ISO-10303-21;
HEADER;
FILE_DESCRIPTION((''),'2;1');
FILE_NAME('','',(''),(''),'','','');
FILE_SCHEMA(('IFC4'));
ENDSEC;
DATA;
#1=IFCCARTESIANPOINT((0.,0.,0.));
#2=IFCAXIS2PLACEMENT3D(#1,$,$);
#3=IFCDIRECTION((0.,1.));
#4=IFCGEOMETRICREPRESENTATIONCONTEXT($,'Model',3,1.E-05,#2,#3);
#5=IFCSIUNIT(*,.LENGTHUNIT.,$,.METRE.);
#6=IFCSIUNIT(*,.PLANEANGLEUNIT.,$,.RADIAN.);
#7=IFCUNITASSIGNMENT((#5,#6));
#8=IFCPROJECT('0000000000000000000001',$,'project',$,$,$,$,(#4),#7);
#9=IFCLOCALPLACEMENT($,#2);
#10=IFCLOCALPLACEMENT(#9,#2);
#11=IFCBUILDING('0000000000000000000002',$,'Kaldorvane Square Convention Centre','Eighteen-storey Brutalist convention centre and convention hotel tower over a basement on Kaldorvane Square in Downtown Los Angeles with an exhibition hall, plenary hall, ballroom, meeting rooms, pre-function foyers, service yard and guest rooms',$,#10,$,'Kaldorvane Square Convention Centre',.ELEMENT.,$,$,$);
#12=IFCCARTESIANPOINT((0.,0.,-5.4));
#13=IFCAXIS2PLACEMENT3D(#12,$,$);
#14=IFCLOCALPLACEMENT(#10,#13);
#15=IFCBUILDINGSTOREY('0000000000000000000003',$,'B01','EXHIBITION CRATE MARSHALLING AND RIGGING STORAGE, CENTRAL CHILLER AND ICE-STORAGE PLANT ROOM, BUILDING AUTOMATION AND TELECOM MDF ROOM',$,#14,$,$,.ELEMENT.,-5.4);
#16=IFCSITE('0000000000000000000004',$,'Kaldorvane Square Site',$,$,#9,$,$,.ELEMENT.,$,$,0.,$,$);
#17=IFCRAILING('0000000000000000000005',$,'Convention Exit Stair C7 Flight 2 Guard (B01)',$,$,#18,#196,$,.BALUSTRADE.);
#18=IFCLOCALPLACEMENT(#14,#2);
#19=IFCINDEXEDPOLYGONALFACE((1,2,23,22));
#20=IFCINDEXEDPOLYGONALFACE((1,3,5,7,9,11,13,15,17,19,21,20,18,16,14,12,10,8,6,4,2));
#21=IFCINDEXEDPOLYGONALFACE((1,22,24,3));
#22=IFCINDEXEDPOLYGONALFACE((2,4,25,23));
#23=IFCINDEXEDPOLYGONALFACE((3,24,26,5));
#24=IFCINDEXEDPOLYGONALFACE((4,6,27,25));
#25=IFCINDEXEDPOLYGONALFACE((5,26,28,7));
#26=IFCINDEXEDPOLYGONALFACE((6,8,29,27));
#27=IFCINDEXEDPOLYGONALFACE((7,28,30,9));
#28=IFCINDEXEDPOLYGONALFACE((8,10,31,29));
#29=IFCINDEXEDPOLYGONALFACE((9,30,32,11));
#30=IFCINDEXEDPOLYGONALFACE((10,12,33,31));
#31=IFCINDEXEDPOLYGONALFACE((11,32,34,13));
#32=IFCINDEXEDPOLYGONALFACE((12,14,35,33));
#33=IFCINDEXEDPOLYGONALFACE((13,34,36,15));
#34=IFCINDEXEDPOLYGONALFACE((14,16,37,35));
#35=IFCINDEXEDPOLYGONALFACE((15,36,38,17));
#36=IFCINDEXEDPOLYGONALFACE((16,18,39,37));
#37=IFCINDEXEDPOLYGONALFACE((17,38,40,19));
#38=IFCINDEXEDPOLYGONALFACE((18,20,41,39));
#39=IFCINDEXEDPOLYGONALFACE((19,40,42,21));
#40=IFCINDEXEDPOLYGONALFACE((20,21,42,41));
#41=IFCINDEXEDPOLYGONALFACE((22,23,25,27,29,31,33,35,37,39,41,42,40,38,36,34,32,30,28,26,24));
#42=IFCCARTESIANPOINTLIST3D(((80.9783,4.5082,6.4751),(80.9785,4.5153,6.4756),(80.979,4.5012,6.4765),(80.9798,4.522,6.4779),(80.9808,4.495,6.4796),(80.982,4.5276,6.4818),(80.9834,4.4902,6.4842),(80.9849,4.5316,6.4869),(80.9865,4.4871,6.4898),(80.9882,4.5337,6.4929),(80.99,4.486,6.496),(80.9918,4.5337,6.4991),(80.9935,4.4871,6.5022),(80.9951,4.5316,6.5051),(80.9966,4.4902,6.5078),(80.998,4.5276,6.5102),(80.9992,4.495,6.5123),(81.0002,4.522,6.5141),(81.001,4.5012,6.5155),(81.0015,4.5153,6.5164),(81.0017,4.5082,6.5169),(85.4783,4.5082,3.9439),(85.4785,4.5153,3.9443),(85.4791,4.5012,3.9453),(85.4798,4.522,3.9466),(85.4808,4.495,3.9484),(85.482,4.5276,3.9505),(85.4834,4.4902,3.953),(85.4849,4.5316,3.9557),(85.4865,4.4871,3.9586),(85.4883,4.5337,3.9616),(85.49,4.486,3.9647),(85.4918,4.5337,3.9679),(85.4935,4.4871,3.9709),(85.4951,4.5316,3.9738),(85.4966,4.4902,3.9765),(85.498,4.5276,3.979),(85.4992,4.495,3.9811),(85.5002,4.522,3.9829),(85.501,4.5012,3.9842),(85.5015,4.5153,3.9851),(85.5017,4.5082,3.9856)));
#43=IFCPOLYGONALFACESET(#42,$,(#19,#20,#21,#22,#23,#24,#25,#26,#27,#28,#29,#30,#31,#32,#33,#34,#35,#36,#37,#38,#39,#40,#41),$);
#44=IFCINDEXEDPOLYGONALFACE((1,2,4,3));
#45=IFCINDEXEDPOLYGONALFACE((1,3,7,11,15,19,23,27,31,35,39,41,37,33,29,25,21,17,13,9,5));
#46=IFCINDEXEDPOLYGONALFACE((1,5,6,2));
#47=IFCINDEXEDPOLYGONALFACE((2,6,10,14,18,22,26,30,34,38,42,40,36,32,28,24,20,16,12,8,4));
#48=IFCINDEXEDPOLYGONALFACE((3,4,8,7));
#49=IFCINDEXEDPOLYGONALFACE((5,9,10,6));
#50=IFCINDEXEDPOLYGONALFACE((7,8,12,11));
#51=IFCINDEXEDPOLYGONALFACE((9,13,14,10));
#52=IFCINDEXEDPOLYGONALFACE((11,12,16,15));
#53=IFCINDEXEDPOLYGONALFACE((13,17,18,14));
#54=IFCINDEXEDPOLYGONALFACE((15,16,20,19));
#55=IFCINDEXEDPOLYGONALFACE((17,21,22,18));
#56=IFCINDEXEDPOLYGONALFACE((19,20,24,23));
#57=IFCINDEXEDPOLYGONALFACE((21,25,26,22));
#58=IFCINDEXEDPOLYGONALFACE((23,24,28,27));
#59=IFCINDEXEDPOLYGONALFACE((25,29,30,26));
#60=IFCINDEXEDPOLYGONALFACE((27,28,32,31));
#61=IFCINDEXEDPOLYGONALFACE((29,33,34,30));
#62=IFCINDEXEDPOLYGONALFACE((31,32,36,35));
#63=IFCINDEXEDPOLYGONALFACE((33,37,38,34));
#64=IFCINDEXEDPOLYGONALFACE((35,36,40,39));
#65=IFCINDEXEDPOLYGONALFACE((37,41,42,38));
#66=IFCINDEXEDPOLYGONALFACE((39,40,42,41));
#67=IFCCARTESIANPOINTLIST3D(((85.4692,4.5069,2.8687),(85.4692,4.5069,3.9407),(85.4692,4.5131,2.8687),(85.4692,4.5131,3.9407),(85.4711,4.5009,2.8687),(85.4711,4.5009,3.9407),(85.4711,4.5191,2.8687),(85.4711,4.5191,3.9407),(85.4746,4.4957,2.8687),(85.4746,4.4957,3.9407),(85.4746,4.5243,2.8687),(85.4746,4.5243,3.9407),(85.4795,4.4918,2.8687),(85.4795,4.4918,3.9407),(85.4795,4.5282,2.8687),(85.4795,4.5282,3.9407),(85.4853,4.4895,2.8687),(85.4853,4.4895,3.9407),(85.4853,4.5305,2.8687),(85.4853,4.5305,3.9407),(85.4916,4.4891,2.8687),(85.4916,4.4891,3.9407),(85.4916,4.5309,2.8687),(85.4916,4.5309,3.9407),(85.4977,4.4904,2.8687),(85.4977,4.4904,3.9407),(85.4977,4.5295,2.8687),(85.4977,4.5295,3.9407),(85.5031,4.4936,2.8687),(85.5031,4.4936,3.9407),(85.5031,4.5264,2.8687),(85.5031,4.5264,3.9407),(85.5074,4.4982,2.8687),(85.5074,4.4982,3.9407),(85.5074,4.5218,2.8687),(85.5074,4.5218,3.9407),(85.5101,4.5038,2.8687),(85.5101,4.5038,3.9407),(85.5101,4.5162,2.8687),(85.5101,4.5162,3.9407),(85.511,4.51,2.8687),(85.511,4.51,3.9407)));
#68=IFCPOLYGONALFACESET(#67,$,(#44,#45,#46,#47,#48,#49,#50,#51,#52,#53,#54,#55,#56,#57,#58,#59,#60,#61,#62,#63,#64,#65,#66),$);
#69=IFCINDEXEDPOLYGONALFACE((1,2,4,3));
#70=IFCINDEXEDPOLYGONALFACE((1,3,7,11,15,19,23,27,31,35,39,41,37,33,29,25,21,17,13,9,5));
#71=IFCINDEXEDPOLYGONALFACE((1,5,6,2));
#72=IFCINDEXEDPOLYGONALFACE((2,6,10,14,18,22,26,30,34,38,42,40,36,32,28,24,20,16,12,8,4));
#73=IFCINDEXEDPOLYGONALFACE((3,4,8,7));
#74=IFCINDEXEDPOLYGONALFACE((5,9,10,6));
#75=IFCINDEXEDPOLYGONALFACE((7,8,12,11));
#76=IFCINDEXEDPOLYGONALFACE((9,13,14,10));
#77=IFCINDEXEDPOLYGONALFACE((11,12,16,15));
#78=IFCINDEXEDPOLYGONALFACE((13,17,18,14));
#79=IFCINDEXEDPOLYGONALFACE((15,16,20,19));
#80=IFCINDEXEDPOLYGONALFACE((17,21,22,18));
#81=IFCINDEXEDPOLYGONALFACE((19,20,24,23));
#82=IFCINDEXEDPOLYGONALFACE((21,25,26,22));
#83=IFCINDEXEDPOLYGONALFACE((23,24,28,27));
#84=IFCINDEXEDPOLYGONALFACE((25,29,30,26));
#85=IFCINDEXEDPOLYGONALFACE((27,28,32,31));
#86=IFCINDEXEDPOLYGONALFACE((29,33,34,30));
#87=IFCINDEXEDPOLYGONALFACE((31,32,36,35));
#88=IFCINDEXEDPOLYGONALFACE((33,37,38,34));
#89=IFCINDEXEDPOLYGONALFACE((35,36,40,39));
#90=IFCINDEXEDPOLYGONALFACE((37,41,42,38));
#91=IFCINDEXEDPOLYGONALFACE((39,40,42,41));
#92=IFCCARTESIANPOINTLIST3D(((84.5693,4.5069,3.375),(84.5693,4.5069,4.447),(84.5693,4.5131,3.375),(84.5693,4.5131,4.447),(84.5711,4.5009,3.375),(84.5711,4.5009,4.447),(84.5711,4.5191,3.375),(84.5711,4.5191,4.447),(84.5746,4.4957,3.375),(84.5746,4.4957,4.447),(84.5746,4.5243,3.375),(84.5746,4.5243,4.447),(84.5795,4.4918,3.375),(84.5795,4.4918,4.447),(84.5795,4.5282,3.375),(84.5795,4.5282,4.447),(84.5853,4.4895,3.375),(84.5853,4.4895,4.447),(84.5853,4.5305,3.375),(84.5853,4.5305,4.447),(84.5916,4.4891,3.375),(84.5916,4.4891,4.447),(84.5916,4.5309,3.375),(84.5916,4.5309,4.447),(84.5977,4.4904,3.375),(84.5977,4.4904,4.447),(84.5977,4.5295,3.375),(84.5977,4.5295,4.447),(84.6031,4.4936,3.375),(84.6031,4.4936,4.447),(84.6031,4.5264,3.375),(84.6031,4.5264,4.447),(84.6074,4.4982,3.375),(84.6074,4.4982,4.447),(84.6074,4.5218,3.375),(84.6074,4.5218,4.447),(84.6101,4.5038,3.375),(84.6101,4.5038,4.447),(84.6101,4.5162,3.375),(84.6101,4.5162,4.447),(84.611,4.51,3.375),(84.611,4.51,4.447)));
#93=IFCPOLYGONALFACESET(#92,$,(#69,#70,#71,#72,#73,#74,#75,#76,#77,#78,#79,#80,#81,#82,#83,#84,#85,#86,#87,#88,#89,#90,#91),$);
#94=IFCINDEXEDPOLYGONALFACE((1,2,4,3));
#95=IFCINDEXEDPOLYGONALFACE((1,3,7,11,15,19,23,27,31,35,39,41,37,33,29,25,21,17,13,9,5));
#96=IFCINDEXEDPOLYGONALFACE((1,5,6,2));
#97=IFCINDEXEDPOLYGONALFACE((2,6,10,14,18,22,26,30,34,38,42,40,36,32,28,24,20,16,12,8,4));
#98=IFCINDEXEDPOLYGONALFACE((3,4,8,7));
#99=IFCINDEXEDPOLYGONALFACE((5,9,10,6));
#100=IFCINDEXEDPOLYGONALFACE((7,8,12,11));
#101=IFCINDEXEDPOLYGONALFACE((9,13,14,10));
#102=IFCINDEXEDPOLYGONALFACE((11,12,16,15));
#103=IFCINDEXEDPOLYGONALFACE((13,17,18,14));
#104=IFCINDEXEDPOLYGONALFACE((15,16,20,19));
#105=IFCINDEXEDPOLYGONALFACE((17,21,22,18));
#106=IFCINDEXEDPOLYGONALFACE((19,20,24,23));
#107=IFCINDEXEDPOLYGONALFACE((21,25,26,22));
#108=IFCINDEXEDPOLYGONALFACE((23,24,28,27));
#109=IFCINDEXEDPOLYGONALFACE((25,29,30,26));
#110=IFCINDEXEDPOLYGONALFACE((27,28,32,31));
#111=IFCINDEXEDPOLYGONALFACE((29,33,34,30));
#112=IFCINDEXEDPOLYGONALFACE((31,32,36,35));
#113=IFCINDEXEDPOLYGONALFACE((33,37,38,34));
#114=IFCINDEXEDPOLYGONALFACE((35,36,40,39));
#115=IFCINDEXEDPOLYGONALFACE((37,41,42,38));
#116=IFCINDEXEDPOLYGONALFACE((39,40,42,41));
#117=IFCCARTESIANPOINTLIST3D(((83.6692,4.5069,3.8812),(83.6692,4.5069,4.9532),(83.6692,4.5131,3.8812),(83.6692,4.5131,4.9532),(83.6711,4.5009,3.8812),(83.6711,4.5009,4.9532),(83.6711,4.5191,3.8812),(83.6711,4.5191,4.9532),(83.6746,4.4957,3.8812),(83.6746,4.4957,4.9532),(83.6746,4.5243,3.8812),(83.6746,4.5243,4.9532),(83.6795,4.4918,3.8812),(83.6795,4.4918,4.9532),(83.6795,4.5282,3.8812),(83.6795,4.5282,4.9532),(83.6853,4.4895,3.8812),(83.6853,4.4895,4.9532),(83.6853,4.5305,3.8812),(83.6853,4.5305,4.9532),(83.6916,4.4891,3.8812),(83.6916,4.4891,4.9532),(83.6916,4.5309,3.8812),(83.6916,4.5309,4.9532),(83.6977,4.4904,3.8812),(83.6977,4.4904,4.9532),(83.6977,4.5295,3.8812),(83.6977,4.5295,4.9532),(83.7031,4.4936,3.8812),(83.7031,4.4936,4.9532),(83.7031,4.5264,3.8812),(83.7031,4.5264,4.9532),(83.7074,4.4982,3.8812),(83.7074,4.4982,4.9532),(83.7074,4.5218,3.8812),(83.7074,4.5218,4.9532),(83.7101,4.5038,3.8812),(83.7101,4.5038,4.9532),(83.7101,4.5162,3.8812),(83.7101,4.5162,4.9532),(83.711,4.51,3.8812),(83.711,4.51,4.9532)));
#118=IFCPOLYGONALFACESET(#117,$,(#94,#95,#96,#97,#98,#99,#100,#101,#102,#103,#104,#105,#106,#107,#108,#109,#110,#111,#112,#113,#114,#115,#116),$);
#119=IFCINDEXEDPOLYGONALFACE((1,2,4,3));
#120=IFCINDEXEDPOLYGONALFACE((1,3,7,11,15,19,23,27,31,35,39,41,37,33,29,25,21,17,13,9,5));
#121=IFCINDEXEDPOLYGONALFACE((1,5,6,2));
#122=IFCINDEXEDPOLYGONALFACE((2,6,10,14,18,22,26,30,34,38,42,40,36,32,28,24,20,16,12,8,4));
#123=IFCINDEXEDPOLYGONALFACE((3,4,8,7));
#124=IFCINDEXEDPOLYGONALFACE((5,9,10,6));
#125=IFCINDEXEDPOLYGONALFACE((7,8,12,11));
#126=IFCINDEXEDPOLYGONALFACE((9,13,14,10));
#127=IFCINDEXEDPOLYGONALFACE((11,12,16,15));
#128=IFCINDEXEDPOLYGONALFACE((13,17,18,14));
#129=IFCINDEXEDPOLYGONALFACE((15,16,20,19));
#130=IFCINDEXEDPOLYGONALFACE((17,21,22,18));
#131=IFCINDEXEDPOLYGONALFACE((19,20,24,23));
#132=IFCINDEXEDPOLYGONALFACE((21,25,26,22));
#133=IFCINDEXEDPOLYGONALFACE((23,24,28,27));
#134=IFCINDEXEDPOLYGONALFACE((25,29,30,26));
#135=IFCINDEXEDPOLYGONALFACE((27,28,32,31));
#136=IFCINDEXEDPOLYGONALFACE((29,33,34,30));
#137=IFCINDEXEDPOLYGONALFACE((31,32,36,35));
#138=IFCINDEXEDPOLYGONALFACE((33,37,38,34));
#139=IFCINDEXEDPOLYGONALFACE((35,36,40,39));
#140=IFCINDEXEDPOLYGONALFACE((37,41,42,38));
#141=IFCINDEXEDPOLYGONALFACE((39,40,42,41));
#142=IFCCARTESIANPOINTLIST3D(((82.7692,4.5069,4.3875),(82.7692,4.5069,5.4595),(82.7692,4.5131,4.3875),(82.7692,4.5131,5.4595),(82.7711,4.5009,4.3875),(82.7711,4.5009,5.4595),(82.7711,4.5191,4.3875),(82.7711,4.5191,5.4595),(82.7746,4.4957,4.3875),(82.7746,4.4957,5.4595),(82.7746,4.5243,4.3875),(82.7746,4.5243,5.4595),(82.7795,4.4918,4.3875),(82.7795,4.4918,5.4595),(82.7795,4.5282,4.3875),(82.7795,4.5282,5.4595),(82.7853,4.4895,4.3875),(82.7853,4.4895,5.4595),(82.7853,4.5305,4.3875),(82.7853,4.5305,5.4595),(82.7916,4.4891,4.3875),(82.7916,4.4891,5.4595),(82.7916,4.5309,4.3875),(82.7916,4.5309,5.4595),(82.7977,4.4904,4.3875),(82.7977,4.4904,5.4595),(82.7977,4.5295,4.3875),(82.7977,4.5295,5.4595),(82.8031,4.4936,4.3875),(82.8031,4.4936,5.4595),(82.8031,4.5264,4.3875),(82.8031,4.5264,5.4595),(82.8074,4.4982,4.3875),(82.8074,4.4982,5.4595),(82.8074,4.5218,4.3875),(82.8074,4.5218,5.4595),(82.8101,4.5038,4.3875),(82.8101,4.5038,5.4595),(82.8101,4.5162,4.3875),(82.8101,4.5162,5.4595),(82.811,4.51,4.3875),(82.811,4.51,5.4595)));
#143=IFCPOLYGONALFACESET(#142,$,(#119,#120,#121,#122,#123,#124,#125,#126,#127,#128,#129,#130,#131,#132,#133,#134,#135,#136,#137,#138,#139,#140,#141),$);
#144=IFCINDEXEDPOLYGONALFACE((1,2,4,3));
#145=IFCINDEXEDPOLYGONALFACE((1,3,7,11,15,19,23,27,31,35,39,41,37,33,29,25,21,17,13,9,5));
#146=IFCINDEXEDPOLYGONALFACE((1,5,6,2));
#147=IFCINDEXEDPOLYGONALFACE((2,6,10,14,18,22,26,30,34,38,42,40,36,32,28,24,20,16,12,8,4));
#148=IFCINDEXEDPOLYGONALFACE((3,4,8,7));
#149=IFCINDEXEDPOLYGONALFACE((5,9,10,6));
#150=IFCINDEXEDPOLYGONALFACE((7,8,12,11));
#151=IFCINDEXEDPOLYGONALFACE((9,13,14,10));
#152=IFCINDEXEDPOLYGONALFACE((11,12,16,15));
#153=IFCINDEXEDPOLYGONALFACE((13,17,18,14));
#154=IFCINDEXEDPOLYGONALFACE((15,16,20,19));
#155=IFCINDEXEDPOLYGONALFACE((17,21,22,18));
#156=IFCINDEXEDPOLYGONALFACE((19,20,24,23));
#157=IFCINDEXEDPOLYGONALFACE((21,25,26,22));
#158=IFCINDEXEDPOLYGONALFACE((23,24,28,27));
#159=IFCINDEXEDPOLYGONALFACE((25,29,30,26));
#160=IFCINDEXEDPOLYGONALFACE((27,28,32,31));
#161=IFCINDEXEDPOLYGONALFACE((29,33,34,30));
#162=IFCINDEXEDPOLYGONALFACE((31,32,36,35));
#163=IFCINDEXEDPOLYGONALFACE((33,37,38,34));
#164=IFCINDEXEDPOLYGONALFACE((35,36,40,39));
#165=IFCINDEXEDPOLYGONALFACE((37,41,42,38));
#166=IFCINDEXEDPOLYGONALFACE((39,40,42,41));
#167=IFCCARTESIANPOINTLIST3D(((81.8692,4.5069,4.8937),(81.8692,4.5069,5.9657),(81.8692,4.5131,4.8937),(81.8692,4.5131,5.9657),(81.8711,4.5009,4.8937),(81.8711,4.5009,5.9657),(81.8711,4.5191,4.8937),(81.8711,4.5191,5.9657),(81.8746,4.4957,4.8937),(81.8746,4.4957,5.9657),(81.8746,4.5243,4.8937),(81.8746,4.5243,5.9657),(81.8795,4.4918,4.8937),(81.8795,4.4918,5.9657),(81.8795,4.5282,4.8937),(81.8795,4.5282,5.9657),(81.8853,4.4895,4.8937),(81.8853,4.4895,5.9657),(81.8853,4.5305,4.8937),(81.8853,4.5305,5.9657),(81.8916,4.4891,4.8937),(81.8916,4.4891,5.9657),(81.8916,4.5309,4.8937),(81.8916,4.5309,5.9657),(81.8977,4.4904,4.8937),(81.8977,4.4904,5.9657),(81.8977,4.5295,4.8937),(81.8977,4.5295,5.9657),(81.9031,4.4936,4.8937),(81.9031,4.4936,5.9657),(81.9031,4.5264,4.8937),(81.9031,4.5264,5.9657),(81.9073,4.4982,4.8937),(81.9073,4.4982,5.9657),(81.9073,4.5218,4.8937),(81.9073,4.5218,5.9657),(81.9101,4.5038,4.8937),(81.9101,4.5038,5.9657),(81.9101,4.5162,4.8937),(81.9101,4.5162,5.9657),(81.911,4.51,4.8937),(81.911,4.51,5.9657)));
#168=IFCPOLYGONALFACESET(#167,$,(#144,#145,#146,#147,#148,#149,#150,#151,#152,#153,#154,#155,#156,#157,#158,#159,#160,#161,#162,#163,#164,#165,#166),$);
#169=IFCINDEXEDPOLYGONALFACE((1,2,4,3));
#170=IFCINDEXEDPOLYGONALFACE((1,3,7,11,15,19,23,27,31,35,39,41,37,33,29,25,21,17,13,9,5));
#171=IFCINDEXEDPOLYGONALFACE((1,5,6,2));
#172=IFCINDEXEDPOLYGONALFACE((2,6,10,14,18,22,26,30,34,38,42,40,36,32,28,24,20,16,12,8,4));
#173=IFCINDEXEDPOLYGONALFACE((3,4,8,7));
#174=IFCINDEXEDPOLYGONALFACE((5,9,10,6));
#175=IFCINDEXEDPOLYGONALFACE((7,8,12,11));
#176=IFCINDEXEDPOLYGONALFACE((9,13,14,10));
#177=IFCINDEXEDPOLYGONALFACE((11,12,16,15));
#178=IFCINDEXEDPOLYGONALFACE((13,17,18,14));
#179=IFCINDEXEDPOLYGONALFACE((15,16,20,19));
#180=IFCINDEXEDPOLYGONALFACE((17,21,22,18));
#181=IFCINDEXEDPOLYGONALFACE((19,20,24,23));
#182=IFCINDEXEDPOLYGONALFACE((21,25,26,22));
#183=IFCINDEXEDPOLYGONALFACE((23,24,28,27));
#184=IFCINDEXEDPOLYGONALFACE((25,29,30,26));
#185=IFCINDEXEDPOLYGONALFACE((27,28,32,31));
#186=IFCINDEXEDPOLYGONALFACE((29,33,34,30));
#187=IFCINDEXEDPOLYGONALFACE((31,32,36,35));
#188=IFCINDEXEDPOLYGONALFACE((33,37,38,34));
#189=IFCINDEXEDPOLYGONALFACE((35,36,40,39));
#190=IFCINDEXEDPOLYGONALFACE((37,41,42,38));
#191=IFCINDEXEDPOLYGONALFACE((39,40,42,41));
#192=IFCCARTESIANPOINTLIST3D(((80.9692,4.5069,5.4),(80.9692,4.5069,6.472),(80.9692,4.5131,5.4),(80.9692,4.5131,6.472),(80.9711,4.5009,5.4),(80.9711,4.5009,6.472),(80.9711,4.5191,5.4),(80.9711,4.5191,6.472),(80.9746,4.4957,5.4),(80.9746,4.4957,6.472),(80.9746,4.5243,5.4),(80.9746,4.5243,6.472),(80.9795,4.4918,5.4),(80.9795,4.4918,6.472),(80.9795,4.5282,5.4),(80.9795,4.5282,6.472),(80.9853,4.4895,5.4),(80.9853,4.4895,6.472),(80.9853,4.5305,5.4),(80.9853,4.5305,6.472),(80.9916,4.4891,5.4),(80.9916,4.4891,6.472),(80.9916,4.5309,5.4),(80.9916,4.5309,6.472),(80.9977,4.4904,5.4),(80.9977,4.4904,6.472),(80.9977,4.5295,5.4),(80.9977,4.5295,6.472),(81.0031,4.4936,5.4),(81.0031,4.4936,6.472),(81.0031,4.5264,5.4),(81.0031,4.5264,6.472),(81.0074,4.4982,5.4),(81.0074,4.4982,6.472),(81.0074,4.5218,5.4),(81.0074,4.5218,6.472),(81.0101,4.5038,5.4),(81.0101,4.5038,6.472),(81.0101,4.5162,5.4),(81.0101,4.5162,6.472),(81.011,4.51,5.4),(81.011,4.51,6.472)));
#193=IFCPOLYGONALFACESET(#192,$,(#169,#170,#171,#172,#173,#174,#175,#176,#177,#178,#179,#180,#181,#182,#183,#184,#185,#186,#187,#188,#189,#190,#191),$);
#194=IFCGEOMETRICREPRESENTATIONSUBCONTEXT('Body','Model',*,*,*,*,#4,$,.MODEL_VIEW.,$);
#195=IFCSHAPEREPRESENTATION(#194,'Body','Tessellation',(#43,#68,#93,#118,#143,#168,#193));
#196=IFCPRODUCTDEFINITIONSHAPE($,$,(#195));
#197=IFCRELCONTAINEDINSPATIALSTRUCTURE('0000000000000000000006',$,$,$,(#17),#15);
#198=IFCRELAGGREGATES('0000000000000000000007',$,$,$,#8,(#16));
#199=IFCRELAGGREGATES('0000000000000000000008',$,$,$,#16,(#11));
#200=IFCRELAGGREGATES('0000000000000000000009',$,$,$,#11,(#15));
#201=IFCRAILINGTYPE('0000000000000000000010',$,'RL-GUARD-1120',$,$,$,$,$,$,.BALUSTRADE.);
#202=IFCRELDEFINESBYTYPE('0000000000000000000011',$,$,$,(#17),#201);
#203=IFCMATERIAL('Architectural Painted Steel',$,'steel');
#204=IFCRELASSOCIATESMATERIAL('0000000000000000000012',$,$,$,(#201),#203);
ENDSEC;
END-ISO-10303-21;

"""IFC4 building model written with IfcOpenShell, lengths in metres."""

from ifc_helpers import new_model, si_unit, direction, frame, origin, origin_2d, place, context, subcontext, project, spatial, circle, extrude, material, type_object, element, save


model = new_model("IFC4")

# Units and contexts
model_context = context("Model", 3, precision=1e-05, world=origin(), true_north=direction((0.0, 1.0)))
body_context = subcontext(model_context, "Body", "Model", "MODEL_VIEW")
ifc_project = project(units=[si_unit("LENGTHUNIT", "METRE"), si_unit("PLANEANGLEUNIT", "RADIAN")], contexts=[model_context])

# Site, building, storey
site_placement = place(None, origin())
site = spatial("IfcSite", under=ifc_project, at=site_placement, Name="Kaldorvane Square Site", CompositionType="ELEMENT", RefElevation=0.0)
building_placement = place(site_placement, origin())
building = spatial("IfcBuilding", under=site, at=building_placement, Name="Kaldorvane Square Convention Centre", Description="Eighteen-storey Brutalist convention centre and convention hotel tower over a basement on Kaldorvane Square in Downtown Los Angeles with an exhibition hall, plenary hall, ballroom, meeting rooms, pre-function foyers, service yard and guest rooms", LongName="Kaldorvane Square Convention Centre", CompositionType="ELEMENT")
storey_placement = place(building_placement, frame((0.0, 0.0, -5.4)))
storey = spatial("IfcBuildingStorey", under=building, at=storey_placement, Name="B01", Description="EXHIBITION CRATE MARSHALLING AND RIGGING STORAGE, CENTRAL CHILLER AND ICE-STORAGE PLANT ROOM, BUILDING AUTOMATION AND TELECOM MDF ROOM", CompositionType="ELEMENT", Elevation=-5.4)

# Railing
ifc_material_1 = material(Name="Architectural Painted Steel", Category="steel")
railing_type_1 = type_object("IfcRailingType", Name="RL-GUARD-1120", PredefinedType="BALUSTRADE", material=ifc_material_1)
railing_1_placement = place(storey_placement, frame((85.49, 4.51, 2.8687)))
element("IfcRailing", 1, at=railing_1_placement, inside=storey, type_object=railing_type_1, Name="Convention Exit Stair C7 Flight 2 Guard (B01)", PredefinedType="BALUSTRADE", context=body_context, shape_type="SweptSolid", body=[
    extrude(circle(Radius=0.024, at=origin_2d()), frame((0.0, 0.0, 1.096), z_axis=(-0.871576, 0.0, 0.490261), x_axis=(0.0, -1.0, 0.0)), (0.0, 0.0, 1.0), 5.1631),
    extrude(circle(Radius=0.021, at=origin_2d()), origin(), (0.0, 0.0, 1.0), 1.072),
    extrude(circle(Radius=0.021, at=origin_2d()), frame((-0.9, 0.0, 0.5063)), (0.0, 0.0, 1.0), 1.072),
    extrude(circle(Radius=0.021, at=origin_2d()), frame((-1.8, 0.0, 1.0125)), (0.0, 0.0, 1.0), 1.072),
    extrude(circle(Radius=0.021, at=origin_2d()), frame((-2.7, 0.0, 1.5188)), (0.0, 0.0, 1.0), 1.072),
    extrude(circle(Radius=0.021, at=origin_2d()), frame((-3.6, 0.0, 2.025)), (0.0, 0.0, 1.0), 1.072),
    extrude(circle(Radius=0.021, at=origin_2d()), frame((-4.5, 0.0, 2.5312)), (0.0, 0.0, 1.0), 1.072),
])

save(model, "model.ifc")
